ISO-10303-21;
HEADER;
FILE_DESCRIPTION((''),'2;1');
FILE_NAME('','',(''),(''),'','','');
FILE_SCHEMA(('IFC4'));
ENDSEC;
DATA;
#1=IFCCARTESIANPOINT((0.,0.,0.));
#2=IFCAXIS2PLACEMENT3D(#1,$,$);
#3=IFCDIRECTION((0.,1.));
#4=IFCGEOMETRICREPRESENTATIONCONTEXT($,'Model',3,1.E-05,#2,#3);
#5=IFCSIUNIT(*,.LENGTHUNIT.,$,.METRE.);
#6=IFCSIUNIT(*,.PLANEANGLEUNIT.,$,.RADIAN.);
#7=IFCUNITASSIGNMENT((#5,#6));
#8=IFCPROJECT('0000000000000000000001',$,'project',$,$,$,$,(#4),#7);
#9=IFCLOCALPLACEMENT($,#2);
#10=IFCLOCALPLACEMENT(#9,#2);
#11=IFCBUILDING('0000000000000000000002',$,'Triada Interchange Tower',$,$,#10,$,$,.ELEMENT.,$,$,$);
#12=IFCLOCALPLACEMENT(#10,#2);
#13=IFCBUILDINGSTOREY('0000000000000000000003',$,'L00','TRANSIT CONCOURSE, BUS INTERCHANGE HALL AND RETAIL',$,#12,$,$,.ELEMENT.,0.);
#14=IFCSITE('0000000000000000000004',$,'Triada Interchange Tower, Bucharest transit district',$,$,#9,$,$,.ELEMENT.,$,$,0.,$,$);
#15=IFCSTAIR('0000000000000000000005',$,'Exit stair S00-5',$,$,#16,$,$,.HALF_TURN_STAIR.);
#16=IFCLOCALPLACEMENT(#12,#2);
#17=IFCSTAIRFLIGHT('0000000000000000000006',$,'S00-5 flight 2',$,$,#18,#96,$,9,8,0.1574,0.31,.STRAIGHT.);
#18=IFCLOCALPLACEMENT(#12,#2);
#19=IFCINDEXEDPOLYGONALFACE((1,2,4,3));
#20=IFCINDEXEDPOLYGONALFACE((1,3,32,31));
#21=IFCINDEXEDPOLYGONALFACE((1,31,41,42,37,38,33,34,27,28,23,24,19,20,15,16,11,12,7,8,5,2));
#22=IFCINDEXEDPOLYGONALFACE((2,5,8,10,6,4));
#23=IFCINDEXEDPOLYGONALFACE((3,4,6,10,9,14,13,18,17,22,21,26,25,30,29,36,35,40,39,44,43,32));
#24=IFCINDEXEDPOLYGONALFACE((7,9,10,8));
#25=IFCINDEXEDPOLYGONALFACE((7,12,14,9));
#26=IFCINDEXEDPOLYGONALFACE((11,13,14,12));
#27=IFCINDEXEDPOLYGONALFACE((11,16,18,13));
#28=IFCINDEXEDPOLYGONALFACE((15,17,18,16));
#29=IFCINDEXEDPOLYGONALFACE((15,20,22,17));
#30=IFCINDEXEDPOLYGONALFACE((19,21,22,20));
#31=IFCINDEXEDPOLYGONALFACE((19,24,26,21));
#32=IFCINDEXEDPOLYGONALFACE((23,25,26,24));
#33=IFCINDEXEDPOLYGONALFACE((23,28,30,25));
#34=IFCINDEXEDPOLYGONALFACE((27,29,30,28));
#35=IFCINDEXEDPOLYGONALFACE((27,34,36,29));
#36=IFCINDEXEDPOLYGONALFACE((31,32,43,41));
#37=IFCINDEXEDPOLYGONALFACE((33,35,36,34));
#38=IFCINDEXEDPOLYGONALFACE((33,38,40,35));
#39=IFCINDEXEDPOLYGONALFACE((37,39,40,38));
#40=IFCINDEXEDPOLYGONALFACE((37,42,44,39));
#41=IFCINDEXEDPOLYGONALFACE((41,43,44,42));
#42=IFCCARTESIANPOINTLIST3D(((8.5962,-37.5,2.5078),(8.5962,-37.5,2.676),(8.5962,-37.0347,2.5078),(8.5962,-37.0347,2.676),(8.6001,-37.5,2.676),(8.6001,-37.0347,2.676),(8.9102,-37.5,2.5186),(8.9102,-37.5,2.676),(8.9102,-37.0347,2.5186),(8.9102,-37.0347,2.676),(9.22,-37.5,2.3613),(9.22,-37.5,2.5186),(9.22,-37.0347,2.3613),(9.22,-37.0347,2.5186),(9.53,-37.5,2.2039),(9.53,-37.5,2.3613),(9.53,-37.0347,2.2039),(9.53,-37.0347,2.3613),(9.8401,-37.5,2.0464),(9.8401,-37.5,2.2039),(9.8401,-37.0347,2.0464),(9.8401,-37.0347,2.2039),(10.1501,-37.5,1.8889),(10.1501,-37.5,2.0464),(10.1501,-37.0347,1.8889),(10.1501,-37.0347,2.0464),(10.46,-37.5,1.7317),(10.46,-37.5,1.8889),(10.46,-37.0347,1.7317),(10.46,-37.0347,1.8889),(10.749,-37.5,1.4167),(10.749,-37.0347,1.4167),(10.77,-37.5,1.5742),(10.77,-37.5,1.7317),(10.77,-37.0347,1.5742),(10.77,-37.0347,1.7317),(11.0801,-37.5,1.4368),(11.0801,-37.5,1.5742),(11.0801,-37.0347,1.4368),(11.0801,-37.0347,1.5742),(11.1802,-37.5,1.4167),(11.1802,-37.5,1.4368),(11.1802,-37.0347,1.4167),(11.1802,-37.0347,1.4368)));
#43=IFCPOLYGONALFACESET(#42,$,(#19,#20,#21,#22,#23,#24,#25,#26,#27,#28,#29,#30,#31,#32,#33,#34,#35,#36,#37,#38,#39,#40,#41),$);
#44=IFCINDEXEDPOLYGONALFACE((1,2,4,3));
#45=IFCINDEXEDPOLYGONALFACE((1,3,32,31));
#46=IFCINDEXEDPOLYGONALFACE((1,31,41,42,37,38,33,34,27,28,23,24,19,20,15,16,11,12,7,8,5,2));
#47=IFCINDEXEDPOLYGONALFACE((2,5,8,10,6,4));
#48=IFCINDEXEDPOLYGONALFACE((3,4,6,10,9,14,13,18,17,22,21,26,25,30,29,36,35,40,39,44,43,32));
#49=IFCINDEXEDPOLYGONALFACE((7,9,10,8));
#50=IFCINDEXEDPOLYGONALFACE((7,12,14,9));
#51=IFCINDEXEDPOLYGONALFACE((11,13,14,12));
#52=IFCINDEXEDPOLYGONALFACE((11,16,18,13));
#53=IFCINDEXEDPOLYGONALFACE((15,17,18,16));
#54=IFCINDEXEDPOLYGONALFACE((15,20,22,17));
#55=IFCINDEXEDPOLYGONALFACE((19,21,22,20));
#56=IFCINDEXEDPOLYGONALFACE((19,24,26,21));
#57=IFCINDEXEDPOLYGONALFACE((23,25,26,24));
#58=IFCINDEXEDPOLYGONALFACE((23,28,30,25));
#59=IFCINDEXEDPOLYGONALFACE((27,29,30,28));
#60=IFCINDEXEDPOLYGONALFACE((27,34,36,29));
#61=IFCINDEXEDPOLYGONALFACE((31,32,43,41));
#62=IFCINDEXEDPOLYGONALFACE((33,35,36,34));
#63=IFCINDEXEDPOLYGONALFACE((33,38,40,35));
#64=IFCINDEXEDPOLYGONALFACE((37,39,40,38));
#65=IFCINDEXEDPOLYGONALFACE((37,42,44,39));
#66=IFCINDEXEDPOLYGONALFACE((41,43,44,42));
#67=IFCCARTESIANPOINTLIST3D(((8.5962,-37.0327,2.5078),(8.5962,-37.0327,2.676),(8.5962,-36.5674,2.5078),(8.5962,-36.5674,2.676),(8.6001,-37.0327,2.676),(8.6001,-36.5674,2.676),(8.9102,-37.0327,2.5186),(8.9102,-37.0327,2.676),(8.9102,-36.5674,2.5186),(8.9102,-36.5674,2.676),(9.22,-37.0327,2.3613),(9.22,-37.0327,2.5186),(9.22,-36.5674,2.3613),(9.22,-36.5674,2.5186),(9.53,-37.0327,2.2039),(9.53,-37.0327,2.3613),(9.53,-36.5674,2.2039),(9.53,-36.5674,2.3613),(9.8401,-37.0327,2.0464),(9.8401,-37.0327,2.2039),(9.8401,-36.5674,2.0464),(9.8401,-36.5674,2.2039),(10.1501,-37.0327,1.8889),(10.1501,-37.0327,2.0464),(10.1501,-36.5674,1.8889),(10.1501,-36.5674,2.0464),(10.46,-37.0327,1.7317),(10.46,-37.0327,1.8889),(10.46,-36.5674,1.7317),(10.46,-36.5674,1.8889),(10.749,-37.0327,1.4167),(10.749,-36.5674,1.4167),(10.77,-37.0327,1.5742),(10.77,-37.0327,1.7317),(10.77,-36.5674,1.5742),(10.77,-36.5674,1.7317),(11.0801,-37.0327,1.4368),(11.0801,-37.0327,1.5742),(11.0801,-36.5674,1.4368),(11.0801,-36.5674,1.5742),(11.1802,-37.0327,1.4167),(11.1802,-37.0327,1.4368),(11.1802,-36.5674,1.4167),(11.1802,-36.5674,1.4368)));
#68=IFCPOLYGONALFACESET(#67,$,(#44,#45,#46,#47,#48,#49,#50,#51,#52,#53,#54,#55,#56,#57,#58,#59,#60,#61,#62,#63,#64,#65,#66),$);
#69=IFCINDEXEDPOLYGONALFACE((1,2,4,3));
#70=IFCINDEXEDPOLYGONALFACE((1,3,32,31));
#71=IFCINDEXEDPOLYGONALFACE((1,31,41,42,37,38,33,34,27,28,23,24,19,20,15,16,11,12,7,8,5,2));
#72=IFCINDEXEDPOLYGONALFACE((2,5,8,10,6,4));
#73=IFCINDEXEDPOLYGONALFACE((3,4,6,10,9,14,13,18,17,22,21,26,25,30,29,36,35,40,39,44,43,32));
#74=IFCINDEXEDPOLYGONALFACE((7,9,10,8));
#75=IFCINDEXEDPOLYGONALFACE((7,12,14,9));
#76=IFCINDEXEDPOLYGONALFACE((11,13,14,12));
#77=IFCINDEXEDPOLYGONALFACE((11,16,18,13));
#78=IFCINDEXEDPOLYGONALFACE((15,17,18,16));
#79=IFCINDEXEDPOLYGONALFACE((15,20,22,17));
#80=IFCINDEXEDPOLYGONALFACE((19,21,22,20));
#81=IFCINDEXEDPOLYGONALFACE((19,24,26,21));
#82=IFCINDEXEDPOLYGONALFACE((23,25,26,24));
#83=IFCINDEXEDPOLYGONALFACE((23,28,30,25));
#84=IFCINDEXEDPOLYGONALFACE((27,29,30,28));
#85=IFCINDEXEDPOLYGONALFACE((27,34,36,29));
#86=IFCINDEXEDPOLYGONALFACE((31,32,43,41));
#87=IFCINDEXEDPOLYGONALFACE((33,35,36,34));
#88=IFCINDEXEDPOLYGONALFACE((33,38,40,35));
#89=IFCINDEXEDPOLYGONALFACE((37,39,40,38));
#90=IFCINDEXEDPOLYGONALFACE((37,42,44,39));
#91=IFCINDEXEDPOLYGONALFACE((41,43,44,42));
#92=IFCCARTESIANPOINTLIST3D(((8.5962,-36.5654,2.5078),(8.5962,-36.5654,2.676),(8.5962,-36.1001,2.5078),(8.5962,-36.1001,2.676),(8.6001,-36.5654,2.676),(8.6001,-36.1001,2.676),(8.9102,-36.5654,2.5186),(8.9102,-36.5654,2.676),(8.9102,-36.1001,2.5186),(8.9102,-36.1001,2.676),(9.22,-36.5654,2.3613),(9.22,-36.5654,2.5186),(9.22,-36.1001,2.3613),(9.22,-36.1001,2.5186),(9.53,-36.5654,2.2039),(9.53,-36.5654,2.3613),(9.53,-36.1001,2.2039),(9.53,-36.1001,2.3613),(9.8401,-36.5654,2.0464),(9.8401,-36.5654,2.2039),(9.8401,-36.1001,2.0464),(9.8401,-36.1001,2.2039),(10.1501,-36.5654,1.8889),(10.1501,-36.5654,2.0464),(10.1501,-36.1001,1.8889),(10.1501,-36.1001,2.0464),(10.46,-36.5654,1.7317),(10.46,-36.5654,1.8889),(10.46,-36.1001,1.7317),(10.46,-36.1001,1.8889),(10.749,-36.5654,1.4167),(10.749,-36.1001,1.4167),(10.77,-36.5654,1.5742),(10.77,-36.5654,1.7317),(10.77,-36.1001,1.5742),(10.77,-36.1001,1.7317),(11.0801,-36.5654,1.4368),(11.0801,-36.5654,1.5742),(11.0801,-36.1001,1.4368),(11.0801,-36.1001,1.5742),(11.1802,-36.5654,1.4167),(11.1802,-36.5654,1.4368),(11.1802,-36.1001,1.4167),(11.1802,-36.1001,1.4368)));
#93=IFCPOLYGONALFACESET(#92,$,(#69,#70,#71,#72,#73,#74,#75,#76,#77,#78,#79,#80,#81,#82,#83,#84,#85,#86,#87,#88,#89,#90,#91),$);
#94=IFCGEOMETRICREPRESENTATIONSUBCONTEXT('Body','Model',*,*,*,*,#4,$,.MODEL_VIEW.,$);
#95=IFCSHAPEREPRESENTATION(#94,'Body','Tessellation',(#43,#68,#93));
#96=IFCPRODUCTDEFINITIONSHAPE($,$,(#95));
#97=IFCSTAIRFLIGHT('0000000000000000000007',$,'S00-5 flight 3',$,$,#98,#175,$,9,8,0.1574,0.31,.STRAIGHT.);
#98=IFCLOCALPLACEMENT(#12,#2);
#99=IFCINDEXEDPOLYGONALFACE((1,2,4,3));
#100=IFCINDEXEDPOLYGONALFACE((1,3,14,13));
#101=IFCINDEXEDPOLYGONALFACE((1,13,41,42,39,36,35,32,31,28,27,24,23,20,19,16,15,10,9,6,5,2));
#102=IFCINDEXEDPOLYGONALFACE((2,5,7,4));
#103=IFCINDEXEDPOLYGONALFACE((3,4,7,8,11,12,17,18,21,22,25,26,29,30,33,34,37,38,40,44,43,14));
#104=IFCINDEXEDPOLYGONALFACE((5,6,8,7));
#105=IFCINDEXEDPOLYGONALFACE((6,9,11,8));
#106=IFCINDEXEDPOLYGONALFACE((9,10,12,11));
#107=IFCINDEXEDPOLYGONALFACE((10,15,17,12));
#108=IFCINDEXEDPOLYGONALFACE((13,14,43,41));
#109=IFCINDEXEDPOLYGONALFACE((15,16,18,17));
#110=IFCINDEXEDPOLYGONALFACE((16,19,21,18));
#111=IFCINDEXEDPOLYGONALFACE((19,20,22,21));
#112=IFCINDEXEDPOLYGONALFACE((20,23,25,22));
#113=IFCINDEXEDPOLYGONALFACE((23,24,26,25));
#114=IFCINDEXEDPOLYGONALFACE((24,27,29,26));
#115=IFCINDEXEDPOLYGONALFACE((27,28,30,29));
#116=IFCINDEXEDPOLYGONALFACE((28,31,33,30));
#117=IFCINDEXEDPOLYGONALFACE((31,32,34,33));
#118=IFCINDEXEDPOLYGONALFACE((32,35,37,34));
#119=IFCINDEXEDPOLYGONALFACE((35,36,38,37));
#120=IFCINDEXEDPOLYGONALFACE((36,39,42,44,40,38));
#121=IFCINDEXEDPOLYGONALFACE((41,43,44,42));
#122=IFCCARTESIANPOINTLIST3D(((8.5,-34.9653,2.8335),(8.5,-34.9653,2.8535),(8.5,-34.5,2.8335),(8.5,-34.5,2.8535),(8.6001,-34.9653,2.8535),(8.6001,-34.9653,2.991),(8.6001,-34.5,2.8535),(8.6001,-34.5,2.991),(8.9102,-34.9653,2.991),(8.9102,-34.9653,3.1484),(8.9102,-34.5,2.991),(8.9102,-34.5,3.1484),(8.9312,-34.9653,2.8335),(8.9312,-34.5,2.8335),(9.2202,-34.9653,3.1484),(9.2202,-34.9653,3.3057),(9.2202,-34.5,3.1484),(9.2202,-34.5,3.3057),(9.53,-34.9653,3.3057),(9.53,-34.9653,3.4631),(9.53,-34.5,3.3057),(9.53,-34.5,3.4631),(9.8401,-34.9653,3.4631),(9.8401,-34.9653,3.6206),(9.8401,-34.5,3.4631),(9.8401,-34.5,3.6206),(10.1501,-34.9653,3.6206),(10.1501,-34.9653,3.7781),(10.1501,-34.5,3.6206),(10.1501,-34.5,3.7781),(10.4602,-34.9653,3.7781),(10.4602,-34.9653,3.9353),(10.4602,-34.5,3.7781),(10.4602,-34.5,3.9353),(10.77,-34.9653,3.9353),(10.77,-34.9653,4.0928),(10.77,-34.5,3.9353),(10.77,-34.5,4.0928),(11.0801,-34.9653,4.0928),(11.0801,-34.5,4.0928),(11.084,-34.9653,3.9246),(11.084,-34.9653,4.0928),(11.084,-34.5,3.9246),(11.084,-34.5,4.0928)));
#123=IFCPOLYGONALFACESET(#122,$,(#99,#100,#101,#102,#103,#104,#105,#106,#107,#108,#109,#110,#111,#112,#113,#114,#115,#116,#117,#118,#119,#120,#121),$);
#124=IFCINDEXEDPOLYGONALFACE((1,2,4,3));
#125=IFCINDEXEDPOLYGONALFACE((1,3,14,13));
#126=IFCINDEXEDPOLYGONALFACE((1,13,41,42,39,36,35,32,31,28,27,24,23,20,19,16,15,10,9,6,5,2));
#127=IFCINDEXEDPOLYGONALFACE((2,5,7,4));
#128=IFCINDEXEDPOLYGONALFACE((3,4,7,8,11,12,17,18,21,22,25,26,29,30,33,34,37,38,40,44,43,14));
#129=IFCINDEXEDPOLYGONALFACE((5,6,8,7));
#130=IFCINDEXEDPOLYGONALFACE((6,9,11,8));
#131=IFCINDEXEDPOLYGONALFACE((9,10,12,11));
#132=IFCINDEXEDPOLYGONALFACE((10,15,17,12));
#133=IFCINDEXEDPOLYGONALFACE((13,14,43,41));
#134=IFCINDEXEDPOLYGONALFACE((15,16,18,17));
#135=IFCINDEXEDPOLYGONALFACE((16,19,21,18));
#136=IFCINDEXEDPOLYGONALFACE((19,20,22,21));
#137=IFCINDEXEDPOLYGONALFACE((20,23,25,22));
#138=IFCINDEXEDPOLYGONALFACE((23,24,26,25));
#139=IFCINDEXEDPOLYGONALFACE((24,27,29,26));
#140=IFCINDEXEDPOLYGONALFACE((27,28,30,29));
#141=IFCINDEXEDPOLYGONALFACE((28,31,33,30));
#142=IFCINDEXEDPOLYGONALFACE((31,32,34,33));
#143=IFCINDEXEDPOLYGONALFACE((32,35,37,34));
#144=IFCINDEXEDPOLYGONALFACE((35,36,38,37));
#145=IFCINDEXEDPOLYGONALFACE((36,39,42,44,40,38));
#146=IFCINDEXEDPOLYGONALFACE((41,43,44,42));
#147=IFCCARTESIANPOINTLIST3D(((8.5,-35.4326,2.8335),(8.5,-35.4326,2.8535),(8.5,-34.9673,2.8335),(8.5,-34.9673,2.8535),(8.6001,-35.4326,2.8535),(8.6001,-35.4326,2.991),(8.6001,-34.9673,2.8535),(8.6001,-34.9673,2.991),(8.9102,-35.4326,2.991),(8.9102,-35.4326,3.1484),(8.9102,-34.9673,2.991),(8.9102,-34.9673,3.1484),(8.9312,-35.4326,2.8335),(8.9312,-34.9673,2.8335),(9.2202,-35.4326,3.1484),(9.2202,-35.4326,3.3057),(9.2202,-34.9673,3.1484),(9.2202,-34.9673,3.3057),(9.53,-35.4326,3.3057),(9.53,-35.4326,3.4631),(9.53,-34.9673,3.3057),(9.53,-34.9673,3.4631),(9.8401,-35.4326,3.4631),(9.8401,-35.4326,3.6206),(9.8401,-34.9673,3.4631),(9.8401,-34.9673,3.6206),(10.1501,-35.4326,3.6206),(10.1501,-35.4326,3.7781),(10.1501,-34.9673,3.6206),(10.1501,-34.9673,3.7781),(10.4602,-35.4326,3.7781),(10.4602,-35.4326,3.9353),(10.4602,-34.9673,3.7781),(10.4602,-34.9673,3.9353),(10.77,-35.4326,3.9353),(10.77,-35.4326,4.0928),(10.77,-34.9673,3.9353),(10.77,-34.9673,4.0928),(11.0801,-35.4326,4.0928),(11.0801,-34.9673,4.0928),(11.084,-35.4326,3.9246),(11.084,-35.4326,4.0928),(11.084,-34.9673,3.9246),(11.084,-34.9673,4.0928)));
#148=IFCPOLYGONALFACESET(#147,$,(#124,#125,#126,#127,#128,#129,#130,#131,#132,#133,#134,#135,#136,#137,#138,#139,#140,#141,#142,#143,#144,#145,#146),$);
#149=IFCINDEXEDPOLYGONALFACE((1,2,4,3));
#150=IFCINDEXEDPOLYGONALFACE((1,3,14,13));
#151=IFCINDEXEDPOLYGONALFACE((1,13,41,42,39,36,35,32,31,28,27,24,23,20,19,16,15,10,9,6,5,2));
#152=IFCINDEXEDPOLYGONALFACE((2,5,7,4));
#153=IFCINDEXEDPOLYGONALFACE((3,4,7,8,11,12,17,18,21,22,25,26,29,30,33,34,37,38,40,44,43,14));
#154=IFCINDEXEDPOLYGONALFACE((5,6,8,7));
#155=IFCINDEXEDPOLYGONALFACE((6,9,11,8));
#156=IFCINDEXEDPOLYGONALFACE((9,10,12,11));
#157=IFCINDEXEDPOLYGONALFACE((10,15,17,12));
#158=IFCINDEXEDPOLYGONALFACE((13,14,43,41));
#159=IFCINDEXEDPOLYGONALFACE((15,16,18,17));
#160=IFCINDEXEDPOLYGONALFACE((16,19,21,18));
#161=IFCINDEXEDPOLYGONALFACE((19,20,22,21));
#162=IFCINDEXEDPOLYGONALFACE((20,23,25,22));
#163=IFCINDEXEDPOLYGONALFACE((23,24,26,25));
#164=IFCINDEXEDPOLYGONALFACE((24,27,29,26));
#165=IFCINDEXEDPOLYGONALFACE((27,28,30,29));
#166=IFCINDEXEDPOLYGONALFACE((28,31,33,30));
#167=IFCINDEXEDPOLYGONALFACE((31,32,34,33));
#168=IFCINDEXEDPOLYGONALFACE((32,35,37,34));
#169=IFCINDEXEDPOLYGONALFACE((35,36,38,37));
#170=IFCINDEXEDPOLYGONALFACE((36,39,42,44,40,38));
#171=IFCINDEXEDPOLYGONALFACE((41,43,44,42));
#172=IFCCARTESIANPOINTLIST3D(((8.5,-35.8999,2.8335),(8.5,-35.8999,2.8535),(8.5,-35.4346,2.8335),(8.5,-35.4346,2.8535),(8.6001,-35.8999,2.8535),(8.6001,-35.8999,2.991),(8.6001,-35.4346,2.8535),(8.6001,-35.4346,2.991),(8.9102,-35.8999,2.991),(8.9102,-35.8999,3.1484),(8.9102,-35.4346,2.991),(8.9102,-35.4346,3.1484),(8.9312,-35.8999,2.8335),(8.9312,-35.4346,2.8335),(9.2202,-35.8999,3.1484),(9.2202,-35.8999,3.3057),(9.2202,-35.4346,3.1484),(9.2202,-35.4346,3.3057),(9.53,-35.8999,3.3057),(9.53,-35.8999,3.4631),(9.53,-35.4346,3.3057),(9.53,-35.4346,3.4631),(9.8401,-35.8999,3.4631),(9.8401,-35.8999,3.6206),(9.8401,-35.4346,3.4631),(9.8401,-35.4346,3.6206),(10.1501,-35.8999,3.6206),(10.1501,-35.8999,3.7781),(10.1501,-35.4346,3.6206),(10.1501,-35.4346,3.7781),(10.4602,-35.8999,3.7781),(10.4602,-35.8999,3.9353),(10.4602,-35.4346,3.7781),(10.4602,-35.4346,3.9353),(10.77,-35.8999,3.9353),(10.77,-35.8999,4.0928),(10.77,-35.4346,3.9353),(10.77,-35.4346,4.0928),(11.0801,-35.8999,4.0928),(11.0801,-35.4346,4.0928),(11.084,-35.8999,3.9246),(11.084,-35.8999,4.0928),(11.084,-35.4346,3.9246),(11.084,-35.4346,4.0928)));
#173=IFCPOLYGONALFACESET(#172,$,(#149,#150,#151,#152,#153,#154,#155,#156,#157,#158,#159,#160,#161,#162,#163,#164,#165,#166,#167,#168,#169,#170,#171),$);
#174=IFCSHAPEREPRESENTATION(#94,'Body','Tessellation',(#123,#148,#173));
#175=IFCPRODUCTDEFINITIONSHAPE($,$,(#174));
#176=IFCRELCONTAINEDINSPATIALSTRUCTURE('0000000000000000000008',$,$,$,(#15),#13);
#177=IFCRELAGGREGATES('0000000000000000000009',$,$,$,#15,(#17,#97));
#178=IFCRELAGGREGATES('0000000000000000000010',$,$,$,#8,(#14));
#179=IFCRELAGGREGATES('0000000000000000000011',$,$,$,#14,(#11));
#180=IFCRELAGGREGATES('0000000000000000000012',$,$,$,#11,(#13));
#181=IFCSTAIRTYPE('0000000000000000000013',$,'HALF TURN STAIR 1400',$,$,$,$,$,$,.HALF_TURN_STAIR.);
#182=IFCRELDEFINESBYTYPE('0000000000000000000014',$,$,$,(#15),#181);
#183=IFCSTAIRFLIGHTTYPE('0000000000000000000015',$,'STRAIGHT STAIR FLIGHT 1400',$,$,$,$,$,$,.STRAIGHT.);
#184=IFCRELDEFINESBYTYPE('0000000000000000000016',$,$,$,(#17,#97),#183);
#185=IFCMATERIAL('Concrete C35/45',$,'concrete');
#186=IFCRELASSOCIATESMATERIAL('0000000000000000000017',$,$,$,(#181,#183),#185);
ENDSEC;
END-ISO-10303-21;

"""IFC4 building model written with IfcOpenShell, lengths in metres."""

from ifc_helpers import new_model, si_unit, direction, frame, origin, place, context, subcontext, project, spatial, polyline, outline, extrude, material, type_object, element, aggregate, save


model = new_model("IFC4")

# Units and contexts
model_context = context("Model", 3, precision=1e-05, world=origin(), true_north=direction((0.0, 1.0)))
body_context = subcontext(model_context, "Body", "Model", "MODEL_VIEW")
ifc_project = project(units=[si_unit("LENGTHUNIT", "METRE"), si_unit("PLANEANGLEUNIT", "RADIAN")], contexts=[model_context])

# Site, building, storey
site_placement = place(None, origin())
site = spatial("IfcSite", under=ifc_project, at=site_placement, Name="Triada Interchange Tower, Bucharest transit district", CompositionType="ELEMENT", RefElevation=0.0)
building_placement = place(site_placement, origin())
building = spatial("IfcBuilding", under=site, at=building_placement, Name="Triada Interchange Tower", CompositionType="ELEMENT")
storey_placement = place(building_placement, origin())
storey = spatial("IfcBuildingStorey", under=building, at=storey_placement, Name="L00", Description="TRANSIT CONCOURSE, BUS INTERCHANGE HALL AND RETAIL", CompositionType="ELEMENT", Elevation=0.0)

# Shared definitions
ifc_material_1 = material(Name="Concrete C35/45", Category="concrete")

# Stair, stair flights
stair_type = type_object("IfcStairType", Name="HALF TURN STAIR 1400", PredefinedType="HALF_TURN_STAIR", material=ifc_material_1)
stair_1_placement = place(storey_placement, origin())
stair_1 = element("IfcStair", 1, at=stair_1_placement, inside=storey, type_object=stair_type, Name="Exit stair S00-5", PredefinedType="HALF_TURN_STAIR")
stair_flight_type = type_object("IfcStairFlightType", Name="STRAIGHT STAIR FLIGHT 1400", PredefinedType="STRAIGHT", material=ifc_material_1)
stair_flight_1_placement = place(storey_placement, frame((11.0801, -36.8, 1.4167), z_axis=(0.0, 0.0, 1.0), x_axis=(-1.0, 0.0, 0.0)))
stair_flight_1 = element("IfcStairFlight", 2, at=stair_flight_1_placement, type_object=stair_flight_type, Name="S00-5 flight 2", NumberOfRisers=9, NumberOfTreads=8, PredefinedType="STRAIGHT", RiserHeight=0.1574, TreadLength=0.31, context=body_context, shape_type="SweptSolid", body=[
    extrude(outline(polyline([(-0.1001, 0.0), (-0.1001, 0.02), (0.0, 0.02), (0.0, 0.1575), (0.3101, 0.1575), (0.3101, 0.3149), (0.6201, 0.3149), (0.6201, 0.4722), (0.9299, 0.4722), (0.9299, 0.6296), (1.24, 0.6296), (1.24, 0.7871), (1.55, 0.7871), (1.55, 0.9446), (1.8601, 0.9446), (1.8601, 1.1018), (2.1699, 1.1018), (2.1699, 1.2593), (2.48, 1.2593), (2.4839, 1.2593), (2.4839, 1.4167), (2.4839, 1.0911), (0.3311, 0.0), (-0.1001, 0.0)])), frame((0.0, 0.7, 0.0), z_axis=(0.0, -1.0, 0.0), x_axis=(1.0, 0.0, 0.0)), (0.0, 0.0, 1.0), 0.4653),
    extrude(outline(polyline([(-0.1001, 0.0), (-0.1001, 0.02), (0.0, 0.02), (0.0, 0.1575), (0.3101, 0.1575), (0.3101, 0.3149), (0.6201, 0.3149), (0.6201, 0.4722), (0.9299, 0.4722), (0.9299, 0.6296), (1.24, 0.6296), (1.24, 0.7871), (1.55, 0.7871), (1.55, 0.9446), (1.8601, 0.9446), (1.8601, 1.1018), (2.1699, 1.1018), (2.1699, 1.2593), (2.48, 1.2593), (2.4839, 1.2593), (2.4839, 1.4167), (2.4839, 1.0911), (0.3311, 0.0), (-0.1001, 0.0)])), frame((0.0, 0.2327, 0.0), z_axis=(0.0, -1.0, 0.0), x_axis=(1.0, 0.0, 0.0)), (0.0, 0.0, 1.0), 0.4653),
    extrude(outline(polyline([(-0.1001, 0.0), (-0.1001, 0.02), (0.0, 0.02), (0.0, 0.1575), (0.3101, 0.1575), (0.3101, 0.3149), (0.6201, 0.3149), (0.6201, 0.4722), (0.9299, 0.4722), (0.9299, 0.6296), (1.24, 0.6296), (1.24, 0.7871), (1.55, 0.7871), (1.55, 0.9446), (1.8601, 0.9446), (1.8601, 1.1018), (2.1699, 1.1018), (2.1699, 1.2593), (2.48, 1.2593), (2.4839, 1.2593), (2.4839, 1.4167), (2.4839, 1.0911), (0.3311, 0.0), (-0.1001, 0.0)])), frame((0.0, -0.2346, 0.0), z_axis=(0.0, -1.0, 0.0), x_axis=(1.0, 0.0, 0.0)), (0.0, 0.0, 1.0), 0.4653),
])
stair_flight_2_placement = place(storey_placement, frame((8.6001, -35.2, 2.8335), z_axis=(0.0, 0.0, 1.0), x_axis=(1.0, 0.0, 0.0)))
stair_flight_2 = element("IfcStairFlight", 3, at=stair_flight_2_placement, type_object=stair_flight_type, Name="S00-5 flight 3", NumberOfRisers=9, NumberOfTreads=8, PredefinedType="STRAIGHT", RiserHeight=0.1574, TreadLength=0.31, context=body_context, shape_type="SweptSolid", body=[
    extrude(outline(polyline([(-0.1001, 0.0), (-0.1001, 0.02), (0.0, 0.02), (0.0, 0.1575), (0.3101, 0.1575), (0.3101, 0.3149), (0.6201, 0.3149), (0.6201, 0.4722), (0.9299, 0.4722), (0.9299, 0.6296), (1.24, 0.6296), (1.24, 0.7871), (1.55, 0.7871), (1.55, 0.9446), (1.8601, 0.9446), (1.8601, 1.1018), (2.1699, 1.1018), (2.1699, 1.2593), (2.48, 1.2593), (2.4839, 1.2593), (2.4839, 1.4167), (2.4839, 1.0911), (0.3311, 0.0), (-0.1001, 0.0)])), frame((0.0, 0.7, 0.0), z_axis=(0.0, -1.0, 0.0), x_axis=(1.0, 0.0, 0.0)), (0.0, 0.0, 1.0), 0.4653),
    extrude(outline(polyline([(-0.1001, 0.0), (-0.1001, 0.02), (0.0, 0.02), (0.0, 0.1575), (0.3101, 0.1575), (0.3101, 0.3149), (0.6201, 0.3149), (0.6201, 0.4722), (0.9299, 0.4722), (0.9299, 0.6296), (1.24, 0.6296), (1.24, 0.7871), (1.55, 0.7871), (1.55, 0.9446), (1.8601, 0.9446), (1.8601, 1.1018), (2.1699, 1.1018), (2.1699, 1.2593), (2.48, 1.2593), (2.4839, 1.2593), (2.4839, 1.4167), (2.4839, 1.0911), (0.3311, 0.0), (-0.1001, 0.0)])), frame((0.0, 0.2327, 0.0), z_axis=(0.0, -1.0, 0.0), x_axis=(1.0, 0.0, 0.0)), (0.0, 0.0, 1.0), 0.4653),
    extrude(outline(polyline([(-0.1001, 0.0), (-0.1001, 0.02), (0.0, 0.02), (0.0, 0.1575), (0.3101, 0.1575), (0.3101, 0.3149), (0.6201, 0.3149), (0.6201, 0.4722), (0.9299, 0.4722), (0.9299, 0.6296), (1.24, 0.6296), (1.24, 0.7871), (1.55, 0.7871), (1.55, 0.9446), (1.8601, 0.9446), (1.8601, 1.1018), (2.1699, 1.1018), (2.1699, 1.2593), (2.48, 1.2593), (2.4839, 1.2593), (2.4839, 1.4167), (2.4839, 1.0911), (0.3311, 0.0), (-0.1001, 0.0)])), frame((0.0, -0.2346, 0.0), z_axis=(0.0, -1.0, 0.0), x_axis=(1.0, 0.0, 0.0)), (0.0, 0.0, 1.0), 0.4653),
])
aggregate(stair_1, [stair_flight_1, stair_flight_2])

save(model, "model.ifc")
